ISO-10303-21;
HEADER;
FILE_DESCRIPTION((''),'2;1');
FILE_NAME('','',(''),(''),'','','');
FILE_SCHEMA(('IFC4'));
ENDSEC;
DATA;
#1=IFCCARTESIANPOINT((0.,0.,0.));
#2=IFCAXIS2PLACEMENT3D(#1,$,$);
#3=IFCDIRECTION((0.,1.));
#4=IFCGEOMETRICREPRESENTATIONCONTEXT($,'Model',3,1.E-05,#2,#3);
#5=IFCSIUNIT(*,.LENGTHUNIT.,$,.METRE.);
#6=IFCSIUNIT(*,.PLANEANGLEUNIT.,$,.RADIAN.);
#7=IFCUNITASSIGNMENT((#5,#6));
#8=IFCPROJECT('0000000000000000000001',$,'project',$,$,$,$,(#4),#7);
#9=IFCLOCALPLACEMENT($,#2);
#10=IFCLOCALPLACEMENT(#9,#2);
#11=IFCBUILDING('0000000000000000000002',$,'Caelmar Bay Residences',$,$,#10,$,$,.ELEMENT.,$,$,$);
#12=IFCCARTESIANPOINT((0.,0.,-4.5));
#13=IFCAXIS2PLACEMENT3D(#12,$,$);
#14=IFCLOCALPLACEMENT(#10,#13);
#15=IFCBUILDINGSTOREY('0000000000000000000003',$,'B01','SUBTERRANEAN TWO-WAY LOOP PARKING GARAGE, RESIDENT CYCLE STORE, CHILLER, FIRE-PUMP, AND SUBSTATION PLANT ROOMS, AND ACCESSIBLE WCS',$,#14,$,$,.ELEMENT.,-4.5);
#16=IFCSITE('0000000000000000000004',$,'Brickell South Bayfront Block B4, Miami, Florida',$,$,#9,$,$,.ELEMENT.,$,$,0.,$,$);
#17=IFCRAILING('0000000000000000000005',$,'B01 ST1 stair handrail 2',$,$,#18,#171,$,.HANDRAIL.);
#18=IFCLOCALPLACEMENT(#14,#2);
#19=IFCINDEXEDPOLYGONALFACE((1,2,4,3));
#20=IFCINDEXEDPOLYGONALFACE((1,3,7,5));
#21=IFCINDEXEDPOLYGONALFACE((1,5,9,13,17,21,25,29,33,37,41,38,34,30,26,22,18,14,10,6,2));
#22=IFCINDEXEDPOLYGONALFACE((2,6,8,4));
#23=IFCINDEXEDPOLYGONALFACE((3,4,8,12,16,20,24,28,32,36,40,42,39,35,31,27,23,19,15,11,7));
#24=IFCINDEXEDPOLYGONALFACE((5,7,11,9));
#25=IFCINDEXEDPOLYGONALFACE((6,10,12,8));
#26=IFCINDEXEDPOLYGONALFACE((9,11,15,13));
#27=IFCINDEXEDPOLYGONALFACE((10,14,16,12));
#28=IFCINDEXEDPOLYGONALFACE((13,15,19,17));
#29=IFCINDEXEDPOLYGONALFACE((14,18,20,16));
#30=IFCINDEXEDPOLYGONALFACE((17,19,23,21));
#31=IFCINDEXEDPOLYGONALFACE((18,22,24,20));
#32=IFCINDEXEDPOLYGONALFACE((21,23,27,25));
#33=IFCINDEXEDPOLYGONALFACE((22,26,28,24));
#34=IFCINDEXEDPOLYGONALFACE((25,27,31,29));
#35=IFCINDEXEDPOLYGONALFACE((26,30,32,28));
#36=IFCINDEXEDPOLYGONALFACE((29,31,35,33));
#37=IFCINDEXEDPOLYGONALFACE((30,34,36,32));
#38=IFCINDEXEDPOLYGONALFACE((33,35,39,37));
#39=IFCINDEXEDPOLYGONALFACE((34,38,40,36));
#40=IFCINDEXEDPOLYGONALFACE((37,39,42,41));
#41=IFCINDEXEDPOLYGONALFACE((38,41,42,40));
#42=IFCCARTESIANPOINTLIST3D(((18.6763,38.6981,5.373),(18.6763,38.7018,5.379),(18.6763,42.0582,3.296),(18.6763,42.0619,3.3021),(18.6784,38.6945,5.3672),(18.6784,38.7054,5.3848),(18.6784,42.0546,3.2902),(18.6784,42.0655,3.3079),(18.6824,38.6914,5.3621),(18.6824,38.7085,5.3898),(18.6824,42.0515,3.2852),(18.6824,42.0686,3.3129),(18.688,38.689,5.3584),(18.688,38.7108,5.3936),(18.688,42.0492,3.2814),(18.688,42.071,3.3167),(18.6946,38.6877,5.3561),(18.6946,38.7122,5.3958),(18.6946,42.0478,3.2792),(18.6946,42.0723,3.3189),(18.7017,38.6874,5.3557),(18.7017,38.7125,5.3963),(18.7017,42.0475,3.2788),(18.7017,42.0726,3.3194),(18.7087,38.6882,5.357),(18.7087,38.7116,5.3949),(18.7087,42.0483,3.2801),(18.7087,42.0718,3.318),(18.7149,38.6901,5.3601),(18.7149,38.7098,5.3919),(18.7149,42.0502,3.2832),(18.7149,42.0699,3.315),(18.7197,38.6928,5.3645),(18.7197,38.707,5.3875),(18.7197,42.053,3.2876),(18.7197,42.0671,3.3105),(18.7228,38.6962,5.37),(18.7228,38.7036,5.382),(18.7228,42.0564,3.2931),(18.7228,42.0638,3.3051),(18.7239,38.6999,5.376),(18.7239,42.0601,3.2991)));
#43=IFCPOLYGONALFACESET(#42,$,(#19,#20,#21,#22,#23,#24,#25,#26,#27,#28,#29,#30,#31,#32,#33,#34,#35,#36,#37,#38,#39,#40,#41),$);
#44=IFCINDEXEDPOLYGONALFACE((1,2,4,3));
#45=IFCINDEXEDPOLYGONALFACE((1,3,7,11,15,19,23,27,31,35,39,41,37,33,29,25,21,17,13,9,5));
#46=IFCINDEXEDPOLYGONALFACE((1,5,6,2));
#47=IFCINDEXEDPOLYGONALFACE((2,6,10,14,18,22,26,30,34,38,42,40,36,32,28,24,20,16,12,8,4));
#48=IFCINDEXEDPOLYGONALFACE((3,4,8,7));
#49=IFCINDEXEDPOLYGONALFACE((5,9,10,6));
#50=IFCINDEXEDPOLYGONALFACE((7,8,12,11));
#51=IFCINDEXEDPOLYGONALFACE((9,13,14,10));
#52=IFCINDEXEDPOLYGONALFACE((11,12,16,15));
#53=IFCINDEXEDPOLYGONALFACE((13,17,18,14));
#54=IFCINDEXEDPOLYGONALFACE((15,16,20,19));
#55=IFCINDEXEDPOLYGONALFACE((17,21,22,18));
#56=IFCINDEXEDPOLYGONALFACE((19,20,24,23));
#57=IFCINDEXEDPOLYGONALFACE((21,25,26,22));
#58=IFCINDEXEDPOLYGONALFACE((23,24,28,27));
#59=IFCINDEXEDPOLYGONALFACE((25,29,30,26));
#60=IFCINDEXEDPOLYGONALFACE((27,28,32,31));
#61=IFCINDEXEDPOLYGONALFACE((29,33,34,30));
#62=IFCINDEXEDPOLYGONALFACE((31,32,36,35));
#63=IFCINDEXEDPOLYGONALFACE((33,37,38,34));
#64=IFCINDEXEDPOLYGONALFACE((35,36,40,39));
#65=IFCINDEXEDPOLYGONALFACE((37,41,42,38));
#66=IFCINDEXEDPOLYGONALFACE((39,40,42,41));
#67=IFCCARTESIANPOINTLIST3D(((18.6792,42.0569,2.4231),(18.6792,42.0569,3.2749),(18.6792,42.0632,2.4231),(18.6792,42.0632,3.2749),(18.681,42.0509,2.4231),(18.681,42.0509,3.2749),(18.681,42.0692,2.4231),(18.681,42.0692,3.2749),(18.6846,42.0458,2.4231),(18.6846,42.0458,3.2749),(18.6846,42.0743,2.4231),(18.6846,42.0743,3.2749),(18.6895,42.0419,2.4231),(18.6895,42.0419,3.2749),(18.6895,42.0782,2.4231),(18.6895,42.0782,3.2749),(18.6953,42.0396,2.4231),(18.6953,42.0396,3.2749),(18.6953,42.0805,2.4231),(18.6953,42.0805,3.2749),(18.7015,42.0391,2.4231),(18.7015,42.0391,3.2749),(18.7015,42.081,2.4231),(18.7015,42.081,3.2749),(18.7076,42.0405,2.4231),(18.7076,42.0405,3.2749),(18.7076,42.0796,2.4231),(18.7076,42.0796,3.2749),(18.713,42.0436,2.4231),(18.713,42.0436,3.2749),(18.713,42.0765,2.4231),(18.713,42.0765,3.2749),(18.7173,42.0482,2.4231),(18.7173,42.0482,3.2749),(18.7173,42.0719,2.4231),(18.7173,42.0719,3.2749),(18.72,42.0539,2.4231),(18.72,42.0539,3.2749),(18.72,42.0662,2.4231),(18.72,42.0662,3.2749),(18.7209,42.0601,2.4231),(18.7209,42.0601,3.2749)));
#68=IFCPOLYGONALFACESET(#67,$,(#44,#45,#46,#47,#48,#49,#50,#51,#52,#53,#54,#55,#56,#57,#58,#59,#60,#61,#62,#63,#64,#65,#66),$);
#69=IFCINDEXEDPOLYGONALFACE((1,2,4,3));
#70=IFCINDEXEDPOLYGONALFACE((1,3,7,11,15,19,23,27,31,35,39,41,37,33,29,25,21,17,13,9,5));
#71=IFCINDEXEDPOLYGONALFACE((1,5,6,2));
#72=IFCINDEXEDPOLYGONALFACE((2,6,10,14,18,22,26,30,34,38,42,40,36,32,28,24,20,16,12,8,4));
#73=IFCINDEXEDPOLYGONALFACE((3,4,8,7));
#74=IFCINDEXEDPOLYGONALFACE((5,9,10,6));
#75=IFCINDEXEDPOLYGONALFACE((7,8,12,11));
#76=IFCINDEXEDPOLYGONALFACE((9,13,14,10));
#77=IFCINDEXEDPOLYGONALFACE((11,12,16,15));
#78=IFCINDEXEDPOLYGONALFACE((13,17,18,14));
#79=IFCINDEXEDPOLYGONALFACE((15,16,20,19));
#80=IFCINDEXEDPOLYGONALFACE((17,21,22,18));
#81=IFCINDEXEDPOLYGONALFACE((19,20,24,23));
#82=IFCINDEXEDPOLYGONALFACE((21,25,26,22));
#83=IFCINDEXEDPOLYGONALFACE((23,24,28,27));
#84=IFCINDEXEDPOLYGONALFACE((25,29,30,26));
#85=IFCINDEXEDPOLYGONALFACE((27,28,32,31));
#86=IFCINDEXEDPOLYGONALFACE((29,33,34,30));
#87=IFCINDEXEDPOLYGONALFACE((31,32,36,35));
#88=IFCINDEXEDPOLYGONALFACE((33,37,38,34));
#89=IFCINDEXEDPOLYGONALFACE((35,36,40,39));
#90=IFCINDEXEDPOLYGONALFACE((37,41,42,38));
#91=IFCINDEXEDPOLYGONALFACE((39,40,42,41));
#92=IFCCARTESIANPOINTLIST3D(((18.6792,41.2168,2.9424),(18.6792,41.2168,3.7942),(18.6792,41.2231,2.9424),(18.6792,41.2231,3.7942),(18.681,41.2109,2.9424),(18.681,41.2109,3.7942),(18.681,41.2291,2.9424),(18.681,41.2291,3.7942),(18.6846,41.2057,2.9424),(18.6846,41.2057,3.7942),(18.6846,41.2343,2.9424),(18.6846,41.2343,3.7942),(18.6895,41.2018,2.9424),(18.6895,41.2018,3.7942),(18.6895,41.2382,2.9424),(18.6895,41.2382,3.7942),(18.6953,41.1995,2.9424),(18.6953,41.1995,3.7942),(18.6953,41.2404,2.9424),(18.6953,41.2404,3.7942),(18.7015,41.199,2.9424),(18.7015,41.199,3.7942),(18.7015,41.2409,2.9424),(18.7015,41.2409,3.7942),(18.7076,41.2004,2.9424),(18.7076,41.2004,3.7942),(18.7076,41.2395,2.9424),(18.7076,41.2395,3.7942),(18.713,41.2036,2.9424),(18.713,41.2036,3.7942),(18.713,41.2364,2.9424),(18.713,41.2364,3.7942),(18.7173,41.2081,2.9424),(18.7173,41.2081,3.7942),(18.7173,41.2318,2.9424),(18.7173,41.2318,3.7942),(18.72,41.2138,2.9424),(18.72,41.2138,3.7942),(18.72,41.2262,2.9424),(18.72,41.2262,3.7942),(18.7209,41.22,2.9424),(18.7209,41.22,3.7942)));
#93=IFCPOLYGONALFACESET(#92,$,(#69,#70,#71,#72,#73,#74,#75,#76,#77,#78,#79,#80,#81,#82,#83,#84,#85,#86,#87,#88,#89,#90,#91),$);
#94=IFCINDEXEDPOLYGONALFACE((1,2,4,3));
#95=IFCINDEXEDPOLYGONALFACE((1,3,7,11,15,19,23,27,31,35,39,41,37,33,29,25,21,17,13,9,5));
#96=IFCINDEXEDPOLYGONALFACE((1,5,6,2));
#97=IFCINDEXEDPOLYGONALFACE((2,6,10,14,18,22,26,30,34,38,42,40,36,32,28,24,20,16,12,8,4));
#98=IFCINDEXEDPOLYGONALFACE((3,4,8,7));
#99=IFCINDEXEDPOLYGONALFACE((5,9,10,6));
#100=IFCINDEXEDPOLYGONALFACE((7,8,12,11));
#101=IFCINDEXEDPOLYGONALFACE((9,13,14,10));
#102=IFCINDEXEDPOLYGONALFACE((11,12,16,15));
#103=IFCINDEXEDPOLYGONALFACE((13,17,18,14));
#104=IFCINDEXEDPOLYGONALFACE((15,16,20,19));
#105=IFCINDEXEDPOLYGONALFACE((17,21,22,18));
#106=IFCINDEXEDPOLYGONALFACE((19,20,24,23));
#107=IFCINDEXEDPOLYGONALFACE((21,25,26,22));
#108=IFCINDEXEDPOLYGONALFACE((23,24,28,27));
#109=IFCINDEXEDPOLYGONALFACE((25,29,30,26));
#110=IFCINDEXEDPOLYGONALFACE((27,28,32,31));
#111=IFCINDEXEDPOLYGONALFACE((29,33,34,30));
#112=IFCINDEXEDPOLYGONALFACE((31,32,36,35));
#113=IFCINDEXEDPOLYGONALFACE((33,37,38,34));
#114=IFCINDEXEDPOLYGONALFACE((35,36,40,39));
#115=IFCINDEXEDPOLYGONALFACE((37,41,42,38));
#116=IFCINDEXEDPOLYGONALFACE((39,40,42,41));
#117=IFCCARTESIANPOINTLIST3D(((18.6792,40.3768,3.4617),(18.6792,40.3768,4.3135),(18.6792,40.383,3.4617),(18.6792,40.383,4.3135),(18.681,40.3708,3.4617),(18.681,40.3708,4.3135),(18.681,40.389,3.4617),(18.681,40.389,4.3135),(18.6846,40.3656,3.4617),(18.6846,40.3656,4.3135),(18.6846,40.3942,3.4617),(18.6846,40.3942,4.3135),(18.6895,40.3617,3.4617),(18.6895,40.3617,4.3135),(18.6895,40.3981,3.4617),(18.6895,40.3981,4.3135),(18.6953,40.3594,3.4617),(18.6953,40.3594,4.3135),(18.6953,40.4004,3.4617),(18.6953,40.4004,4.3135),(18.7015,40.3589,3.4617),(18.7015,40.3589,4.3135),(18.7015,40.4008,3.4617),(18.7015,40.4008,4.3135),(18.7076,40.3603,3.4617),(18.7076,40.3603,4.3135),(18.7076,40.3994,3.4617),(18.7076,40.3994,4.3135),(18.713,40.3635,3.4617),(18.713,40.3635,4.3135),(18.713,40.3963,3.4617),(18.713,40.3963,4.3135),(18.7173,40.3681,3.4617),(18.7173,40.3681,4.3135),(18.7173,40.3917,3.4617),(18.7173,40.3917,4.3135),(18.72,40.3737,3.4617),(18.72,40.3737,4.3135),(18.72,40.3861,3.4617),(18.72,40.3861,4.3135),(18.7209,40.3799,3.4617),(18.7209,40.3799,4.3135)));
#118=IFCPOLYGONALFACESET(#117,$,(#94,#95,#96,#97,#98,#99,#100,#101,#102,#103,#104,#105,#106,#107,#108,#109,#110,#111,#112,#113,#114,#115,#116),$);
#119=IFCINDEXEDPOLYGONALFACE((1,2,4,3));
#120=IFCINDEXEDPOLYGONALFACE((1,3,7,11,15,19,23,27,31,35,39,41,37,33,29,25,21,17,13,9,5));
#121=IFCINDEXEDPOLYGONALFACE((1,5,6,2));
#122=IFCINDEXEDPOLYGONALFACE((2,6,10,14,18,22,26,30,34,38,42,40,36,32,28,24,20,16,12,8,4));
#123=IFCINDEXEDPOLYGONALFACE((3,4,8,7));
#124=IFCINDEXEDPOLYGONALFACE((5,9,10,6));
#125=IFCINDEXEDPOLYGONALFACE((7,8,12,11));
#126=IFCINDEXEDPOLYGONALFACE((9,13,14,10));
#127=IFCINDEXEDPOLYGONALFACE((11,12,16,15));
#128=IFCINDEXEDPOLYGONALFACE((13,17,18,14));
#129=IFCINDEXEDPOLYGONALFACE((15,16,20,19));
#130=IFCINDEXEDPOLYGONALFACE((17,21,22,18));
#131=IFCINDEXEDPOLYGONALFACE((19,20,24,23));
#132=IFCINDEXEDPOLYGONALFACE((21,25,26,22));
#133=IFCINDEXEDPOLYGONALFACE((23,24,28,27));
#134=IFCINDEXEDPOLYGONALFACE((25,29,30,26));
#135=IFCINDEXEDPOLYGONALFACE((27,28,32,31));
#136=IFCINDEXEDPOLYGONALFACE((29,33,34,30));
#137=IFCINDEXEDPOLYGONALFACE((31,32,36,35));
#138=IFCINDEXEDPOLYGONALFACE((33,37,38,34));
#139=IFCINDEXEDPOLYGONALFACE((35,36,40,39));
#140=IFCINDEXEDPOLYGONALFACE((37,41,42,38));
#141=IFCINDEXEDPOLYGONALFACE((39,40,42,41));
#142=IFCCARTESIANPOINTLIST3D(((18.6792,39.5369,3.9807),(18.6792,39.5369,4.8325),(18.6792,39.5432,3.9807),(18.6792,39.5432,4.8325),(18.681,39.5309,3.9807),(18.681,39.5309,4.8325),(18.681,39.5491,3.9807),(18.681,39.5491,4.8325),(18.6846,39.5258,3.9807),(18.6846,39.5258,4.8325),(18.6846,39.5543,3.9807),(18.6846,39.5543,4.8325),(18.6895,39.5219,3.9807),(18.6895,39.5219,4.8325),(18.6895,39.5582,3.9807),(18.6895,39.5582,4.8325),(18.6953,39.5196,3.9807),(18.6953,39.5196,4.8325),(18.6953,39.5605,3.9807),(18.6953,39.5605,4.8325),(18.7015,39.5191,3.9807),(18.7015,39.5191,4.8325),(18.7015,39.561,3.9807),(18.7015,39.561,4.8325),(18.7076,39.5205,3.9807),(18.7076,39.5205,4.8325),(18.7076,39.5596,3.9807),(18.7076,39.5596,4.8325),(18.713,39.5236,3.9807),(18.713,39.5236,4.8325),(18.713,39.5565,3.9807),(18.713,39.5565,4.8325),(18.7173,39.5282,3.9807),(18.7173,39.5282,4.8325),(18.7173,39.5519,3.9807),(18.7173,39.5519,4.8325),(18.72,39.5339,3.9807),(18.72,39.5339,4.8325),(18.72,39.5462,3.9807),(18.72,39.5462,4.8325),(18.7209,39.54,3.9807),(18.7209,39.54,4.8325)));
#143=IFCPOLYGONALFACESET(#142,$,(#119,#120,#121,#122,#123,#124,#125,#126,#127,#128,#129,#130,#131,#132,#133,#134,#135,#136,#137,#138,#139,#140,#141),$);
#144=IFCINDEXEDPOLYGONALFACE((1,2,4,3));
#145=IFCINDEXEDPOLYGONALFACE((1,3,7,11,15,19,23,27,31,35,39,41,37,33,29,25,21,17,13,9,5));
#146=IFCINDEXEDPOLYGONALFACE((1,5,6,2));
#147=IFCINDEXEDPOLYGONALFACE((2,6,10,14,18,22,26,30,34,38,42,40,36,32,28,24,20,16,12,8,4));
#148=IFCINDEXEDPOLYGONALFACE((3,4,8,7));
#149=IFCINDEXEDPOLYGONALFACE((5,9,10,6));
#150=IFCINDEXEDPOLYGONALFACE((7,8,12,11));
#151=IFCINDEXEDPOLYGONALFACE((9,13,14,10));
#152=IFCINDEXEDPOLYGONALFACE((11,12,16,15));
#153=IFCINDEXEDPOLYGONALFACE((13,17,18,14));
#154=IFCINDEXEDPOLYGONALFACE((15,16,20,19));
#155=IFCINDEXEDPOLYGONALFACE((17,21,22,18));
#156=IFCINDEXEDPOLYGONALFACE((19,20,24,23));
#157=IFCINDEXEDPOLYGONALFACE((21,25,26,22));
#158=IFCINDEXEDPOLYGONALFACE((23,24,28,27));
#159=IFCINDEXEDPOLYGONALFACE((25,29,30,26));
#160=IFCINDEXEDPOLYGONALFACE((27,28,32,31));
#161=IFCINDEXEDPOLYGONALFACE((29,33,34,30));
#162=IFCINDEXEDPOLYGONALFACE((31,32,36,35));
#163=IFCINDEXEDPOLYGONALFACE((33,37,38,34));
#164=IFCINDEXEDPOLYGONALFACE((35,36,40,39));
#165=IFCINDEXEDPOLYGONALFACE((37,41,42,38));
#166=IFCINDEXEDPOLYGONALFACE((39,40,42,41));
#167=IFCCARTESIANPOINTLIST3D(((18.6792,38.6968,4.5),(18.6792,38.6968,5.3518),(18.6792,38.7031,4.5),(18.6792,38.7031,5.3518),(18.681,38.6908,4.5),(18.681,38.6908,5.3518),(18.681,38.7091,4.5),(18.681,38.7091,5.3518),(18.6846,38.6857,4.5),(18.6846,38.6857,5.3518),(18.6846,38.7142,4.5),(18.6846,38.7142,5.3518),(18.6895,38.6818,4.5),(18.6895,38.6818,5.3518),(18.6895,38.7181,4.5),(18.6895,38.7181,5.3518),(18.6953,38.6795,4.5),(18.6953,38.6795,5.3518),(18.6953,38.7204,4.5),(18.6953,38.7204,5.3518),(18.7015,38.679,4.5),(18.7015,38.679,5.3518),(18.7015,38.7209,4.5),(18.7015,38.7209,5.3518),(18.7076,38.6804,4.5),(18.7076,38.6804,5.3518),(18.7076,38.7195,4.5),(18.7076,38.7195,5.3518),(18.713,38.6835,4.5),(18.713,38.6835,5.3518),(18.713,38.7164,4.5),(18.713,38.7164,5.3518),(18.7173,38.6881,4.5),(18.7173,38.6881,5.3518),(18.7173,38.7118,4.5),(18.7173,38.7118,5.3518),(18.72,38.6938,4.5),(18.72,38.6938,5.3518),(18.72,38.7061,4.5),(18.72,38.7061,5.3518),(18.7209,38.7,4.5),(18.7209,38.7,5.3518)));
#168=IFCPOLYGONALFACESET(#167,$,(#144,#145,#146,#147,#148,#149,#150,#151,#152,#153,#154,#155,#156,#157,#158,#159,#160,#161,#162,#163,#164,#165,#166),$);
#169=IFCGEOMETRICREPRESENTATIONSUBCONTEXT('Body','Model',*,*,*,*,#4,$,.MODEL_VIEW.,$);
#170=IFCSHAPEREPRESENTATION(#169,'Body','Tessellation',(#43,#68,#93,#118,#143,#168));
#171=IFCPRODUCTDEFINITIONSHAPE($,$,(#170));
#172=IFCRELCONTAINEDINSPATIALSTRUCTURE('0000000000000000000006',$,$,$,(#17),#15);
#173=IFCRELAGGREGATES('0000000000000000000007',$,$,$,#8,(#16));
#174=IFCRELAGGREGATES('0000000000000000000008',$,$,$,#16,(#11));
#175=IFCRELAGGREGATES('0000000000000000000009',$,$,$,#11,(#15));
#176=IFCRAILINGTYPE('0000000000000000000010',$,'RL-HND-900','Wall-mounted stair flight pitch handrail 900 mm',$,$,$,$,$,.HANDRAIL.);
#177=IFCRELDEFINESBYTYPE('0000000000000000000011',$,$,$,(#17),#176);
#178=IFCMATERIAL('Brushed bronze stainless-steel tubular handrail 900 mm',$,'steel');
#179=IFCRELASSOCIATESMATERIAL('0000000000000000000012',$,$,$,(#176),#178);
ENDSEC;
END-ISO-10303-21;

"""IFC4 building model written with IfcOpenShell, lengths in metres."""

from ifc_helpers import new_model, si_unit, direction, frame, origin, origin_2d, place, context, subcontext, project, spatial, circle, extrude, material, type_object, element, save


model = new_model("IFC4")

# Units and contexts
model_context = context("Model", 3, precision=1e-05, world=origin(), true_north=direction((0.0, 1.0)))
body_context = subcontext(model_context, "Body", "Model", "MODEL_VIEW")
ifc_project = project(units=[si_unit("LENGTHUNIT", "METRE"), si_unit("PLANEANGLEUNIT", "RADIAN")], contexts=[model_context])

# Site, building, storey
site_placement = place(None, origin())
site = spatial("IfcSite", under=ifc_project, at=site_placement, Name="Brickell South Bayfront Block B4, Miami, Florida", CompositionType="ELEMENT", RefElevation=0.0)
building_placement = place(site_placement, origin())
building = spatial("IfcBuilding", under=site, at=building_placement, Name="Caelmar Bay Residences", CompositionType="ELEMENT")
storey_placement = place(building_placement, frame((0.0, 0.0, -4.5)))
storey = spatial("IfcBuildingStorey", under=building, at=storey_placement, Name="B01", Description="SUBTERRANEAN TWO-WAY LOOP PARKING GARAGE, RESIDENT CYCLE STORE, CHILLER, FIRE-PUMP, AND SUBSTATION PLANT ROOMS, AND ACCESSIBLE WCS", CompositionType="ELEMENT", Elevation=-4.5)

# Railing
ifc_material_1 = material(Name="Brushed bronze stainless-steel tubular handrail 900 mm", Category="steel")
railing_type = type_object("IfcRailingType", Name="RL-HND-900", Description="Wall-mounted stair flight pitch handrail 900 mm", PredefinedType="HANDRAIL", material=ifc_material_1)
railing_placement = place(storey_placement, frame((18.7, 42.0601, 2.4231)))
element("IfcRailing", 1, at=railing_placement, inside=storey, type_object=railing_type, Name="B01 ST1 stair handrail 2", PredefinedType="HANDRAIL", context=body_context, shape_type="SweptSolid", body=[
    extrude(circle(Radius=0.0239, at=origin_2d()), frame((0.0, 0.0, 0.876), z_axis=(0.0, -0.850623, 0.525776), x_axis=(1.0, 0.0, 0.0)), (0.0, 0.0, 1.0), 3.9502),
    extrude(circle(Radius=0.021, at=origin_2d()), origin(), (0.0, 0.0, 1.0), 0.8518),
    extrude(circle(Radius=0.021, at=origin_2d()), frame((0.0, -0.8401, 0.5193)), (0.0, 0.0, 1.0), 0.8518),
    extrude(circle(Radius=0.021, at=origin_2d()), frame((0.0, -1.6802, 1.0386)), (0.0, 0.0, 1.0), 0.8518),
    extrude(circle(Radius=0.021, at=origin_2d()), frame((0.0, -2.52, 1.5576)), (0.0, 0.0, 1.0), 0.8518),
    extrude(circle(Radius=0.021, at=origin_2d()), frame((0.0, -3.3601, 2.0769)), (0.0, 0.0, 1.0), 0.8518),
])

save(model, "model.ifc")
